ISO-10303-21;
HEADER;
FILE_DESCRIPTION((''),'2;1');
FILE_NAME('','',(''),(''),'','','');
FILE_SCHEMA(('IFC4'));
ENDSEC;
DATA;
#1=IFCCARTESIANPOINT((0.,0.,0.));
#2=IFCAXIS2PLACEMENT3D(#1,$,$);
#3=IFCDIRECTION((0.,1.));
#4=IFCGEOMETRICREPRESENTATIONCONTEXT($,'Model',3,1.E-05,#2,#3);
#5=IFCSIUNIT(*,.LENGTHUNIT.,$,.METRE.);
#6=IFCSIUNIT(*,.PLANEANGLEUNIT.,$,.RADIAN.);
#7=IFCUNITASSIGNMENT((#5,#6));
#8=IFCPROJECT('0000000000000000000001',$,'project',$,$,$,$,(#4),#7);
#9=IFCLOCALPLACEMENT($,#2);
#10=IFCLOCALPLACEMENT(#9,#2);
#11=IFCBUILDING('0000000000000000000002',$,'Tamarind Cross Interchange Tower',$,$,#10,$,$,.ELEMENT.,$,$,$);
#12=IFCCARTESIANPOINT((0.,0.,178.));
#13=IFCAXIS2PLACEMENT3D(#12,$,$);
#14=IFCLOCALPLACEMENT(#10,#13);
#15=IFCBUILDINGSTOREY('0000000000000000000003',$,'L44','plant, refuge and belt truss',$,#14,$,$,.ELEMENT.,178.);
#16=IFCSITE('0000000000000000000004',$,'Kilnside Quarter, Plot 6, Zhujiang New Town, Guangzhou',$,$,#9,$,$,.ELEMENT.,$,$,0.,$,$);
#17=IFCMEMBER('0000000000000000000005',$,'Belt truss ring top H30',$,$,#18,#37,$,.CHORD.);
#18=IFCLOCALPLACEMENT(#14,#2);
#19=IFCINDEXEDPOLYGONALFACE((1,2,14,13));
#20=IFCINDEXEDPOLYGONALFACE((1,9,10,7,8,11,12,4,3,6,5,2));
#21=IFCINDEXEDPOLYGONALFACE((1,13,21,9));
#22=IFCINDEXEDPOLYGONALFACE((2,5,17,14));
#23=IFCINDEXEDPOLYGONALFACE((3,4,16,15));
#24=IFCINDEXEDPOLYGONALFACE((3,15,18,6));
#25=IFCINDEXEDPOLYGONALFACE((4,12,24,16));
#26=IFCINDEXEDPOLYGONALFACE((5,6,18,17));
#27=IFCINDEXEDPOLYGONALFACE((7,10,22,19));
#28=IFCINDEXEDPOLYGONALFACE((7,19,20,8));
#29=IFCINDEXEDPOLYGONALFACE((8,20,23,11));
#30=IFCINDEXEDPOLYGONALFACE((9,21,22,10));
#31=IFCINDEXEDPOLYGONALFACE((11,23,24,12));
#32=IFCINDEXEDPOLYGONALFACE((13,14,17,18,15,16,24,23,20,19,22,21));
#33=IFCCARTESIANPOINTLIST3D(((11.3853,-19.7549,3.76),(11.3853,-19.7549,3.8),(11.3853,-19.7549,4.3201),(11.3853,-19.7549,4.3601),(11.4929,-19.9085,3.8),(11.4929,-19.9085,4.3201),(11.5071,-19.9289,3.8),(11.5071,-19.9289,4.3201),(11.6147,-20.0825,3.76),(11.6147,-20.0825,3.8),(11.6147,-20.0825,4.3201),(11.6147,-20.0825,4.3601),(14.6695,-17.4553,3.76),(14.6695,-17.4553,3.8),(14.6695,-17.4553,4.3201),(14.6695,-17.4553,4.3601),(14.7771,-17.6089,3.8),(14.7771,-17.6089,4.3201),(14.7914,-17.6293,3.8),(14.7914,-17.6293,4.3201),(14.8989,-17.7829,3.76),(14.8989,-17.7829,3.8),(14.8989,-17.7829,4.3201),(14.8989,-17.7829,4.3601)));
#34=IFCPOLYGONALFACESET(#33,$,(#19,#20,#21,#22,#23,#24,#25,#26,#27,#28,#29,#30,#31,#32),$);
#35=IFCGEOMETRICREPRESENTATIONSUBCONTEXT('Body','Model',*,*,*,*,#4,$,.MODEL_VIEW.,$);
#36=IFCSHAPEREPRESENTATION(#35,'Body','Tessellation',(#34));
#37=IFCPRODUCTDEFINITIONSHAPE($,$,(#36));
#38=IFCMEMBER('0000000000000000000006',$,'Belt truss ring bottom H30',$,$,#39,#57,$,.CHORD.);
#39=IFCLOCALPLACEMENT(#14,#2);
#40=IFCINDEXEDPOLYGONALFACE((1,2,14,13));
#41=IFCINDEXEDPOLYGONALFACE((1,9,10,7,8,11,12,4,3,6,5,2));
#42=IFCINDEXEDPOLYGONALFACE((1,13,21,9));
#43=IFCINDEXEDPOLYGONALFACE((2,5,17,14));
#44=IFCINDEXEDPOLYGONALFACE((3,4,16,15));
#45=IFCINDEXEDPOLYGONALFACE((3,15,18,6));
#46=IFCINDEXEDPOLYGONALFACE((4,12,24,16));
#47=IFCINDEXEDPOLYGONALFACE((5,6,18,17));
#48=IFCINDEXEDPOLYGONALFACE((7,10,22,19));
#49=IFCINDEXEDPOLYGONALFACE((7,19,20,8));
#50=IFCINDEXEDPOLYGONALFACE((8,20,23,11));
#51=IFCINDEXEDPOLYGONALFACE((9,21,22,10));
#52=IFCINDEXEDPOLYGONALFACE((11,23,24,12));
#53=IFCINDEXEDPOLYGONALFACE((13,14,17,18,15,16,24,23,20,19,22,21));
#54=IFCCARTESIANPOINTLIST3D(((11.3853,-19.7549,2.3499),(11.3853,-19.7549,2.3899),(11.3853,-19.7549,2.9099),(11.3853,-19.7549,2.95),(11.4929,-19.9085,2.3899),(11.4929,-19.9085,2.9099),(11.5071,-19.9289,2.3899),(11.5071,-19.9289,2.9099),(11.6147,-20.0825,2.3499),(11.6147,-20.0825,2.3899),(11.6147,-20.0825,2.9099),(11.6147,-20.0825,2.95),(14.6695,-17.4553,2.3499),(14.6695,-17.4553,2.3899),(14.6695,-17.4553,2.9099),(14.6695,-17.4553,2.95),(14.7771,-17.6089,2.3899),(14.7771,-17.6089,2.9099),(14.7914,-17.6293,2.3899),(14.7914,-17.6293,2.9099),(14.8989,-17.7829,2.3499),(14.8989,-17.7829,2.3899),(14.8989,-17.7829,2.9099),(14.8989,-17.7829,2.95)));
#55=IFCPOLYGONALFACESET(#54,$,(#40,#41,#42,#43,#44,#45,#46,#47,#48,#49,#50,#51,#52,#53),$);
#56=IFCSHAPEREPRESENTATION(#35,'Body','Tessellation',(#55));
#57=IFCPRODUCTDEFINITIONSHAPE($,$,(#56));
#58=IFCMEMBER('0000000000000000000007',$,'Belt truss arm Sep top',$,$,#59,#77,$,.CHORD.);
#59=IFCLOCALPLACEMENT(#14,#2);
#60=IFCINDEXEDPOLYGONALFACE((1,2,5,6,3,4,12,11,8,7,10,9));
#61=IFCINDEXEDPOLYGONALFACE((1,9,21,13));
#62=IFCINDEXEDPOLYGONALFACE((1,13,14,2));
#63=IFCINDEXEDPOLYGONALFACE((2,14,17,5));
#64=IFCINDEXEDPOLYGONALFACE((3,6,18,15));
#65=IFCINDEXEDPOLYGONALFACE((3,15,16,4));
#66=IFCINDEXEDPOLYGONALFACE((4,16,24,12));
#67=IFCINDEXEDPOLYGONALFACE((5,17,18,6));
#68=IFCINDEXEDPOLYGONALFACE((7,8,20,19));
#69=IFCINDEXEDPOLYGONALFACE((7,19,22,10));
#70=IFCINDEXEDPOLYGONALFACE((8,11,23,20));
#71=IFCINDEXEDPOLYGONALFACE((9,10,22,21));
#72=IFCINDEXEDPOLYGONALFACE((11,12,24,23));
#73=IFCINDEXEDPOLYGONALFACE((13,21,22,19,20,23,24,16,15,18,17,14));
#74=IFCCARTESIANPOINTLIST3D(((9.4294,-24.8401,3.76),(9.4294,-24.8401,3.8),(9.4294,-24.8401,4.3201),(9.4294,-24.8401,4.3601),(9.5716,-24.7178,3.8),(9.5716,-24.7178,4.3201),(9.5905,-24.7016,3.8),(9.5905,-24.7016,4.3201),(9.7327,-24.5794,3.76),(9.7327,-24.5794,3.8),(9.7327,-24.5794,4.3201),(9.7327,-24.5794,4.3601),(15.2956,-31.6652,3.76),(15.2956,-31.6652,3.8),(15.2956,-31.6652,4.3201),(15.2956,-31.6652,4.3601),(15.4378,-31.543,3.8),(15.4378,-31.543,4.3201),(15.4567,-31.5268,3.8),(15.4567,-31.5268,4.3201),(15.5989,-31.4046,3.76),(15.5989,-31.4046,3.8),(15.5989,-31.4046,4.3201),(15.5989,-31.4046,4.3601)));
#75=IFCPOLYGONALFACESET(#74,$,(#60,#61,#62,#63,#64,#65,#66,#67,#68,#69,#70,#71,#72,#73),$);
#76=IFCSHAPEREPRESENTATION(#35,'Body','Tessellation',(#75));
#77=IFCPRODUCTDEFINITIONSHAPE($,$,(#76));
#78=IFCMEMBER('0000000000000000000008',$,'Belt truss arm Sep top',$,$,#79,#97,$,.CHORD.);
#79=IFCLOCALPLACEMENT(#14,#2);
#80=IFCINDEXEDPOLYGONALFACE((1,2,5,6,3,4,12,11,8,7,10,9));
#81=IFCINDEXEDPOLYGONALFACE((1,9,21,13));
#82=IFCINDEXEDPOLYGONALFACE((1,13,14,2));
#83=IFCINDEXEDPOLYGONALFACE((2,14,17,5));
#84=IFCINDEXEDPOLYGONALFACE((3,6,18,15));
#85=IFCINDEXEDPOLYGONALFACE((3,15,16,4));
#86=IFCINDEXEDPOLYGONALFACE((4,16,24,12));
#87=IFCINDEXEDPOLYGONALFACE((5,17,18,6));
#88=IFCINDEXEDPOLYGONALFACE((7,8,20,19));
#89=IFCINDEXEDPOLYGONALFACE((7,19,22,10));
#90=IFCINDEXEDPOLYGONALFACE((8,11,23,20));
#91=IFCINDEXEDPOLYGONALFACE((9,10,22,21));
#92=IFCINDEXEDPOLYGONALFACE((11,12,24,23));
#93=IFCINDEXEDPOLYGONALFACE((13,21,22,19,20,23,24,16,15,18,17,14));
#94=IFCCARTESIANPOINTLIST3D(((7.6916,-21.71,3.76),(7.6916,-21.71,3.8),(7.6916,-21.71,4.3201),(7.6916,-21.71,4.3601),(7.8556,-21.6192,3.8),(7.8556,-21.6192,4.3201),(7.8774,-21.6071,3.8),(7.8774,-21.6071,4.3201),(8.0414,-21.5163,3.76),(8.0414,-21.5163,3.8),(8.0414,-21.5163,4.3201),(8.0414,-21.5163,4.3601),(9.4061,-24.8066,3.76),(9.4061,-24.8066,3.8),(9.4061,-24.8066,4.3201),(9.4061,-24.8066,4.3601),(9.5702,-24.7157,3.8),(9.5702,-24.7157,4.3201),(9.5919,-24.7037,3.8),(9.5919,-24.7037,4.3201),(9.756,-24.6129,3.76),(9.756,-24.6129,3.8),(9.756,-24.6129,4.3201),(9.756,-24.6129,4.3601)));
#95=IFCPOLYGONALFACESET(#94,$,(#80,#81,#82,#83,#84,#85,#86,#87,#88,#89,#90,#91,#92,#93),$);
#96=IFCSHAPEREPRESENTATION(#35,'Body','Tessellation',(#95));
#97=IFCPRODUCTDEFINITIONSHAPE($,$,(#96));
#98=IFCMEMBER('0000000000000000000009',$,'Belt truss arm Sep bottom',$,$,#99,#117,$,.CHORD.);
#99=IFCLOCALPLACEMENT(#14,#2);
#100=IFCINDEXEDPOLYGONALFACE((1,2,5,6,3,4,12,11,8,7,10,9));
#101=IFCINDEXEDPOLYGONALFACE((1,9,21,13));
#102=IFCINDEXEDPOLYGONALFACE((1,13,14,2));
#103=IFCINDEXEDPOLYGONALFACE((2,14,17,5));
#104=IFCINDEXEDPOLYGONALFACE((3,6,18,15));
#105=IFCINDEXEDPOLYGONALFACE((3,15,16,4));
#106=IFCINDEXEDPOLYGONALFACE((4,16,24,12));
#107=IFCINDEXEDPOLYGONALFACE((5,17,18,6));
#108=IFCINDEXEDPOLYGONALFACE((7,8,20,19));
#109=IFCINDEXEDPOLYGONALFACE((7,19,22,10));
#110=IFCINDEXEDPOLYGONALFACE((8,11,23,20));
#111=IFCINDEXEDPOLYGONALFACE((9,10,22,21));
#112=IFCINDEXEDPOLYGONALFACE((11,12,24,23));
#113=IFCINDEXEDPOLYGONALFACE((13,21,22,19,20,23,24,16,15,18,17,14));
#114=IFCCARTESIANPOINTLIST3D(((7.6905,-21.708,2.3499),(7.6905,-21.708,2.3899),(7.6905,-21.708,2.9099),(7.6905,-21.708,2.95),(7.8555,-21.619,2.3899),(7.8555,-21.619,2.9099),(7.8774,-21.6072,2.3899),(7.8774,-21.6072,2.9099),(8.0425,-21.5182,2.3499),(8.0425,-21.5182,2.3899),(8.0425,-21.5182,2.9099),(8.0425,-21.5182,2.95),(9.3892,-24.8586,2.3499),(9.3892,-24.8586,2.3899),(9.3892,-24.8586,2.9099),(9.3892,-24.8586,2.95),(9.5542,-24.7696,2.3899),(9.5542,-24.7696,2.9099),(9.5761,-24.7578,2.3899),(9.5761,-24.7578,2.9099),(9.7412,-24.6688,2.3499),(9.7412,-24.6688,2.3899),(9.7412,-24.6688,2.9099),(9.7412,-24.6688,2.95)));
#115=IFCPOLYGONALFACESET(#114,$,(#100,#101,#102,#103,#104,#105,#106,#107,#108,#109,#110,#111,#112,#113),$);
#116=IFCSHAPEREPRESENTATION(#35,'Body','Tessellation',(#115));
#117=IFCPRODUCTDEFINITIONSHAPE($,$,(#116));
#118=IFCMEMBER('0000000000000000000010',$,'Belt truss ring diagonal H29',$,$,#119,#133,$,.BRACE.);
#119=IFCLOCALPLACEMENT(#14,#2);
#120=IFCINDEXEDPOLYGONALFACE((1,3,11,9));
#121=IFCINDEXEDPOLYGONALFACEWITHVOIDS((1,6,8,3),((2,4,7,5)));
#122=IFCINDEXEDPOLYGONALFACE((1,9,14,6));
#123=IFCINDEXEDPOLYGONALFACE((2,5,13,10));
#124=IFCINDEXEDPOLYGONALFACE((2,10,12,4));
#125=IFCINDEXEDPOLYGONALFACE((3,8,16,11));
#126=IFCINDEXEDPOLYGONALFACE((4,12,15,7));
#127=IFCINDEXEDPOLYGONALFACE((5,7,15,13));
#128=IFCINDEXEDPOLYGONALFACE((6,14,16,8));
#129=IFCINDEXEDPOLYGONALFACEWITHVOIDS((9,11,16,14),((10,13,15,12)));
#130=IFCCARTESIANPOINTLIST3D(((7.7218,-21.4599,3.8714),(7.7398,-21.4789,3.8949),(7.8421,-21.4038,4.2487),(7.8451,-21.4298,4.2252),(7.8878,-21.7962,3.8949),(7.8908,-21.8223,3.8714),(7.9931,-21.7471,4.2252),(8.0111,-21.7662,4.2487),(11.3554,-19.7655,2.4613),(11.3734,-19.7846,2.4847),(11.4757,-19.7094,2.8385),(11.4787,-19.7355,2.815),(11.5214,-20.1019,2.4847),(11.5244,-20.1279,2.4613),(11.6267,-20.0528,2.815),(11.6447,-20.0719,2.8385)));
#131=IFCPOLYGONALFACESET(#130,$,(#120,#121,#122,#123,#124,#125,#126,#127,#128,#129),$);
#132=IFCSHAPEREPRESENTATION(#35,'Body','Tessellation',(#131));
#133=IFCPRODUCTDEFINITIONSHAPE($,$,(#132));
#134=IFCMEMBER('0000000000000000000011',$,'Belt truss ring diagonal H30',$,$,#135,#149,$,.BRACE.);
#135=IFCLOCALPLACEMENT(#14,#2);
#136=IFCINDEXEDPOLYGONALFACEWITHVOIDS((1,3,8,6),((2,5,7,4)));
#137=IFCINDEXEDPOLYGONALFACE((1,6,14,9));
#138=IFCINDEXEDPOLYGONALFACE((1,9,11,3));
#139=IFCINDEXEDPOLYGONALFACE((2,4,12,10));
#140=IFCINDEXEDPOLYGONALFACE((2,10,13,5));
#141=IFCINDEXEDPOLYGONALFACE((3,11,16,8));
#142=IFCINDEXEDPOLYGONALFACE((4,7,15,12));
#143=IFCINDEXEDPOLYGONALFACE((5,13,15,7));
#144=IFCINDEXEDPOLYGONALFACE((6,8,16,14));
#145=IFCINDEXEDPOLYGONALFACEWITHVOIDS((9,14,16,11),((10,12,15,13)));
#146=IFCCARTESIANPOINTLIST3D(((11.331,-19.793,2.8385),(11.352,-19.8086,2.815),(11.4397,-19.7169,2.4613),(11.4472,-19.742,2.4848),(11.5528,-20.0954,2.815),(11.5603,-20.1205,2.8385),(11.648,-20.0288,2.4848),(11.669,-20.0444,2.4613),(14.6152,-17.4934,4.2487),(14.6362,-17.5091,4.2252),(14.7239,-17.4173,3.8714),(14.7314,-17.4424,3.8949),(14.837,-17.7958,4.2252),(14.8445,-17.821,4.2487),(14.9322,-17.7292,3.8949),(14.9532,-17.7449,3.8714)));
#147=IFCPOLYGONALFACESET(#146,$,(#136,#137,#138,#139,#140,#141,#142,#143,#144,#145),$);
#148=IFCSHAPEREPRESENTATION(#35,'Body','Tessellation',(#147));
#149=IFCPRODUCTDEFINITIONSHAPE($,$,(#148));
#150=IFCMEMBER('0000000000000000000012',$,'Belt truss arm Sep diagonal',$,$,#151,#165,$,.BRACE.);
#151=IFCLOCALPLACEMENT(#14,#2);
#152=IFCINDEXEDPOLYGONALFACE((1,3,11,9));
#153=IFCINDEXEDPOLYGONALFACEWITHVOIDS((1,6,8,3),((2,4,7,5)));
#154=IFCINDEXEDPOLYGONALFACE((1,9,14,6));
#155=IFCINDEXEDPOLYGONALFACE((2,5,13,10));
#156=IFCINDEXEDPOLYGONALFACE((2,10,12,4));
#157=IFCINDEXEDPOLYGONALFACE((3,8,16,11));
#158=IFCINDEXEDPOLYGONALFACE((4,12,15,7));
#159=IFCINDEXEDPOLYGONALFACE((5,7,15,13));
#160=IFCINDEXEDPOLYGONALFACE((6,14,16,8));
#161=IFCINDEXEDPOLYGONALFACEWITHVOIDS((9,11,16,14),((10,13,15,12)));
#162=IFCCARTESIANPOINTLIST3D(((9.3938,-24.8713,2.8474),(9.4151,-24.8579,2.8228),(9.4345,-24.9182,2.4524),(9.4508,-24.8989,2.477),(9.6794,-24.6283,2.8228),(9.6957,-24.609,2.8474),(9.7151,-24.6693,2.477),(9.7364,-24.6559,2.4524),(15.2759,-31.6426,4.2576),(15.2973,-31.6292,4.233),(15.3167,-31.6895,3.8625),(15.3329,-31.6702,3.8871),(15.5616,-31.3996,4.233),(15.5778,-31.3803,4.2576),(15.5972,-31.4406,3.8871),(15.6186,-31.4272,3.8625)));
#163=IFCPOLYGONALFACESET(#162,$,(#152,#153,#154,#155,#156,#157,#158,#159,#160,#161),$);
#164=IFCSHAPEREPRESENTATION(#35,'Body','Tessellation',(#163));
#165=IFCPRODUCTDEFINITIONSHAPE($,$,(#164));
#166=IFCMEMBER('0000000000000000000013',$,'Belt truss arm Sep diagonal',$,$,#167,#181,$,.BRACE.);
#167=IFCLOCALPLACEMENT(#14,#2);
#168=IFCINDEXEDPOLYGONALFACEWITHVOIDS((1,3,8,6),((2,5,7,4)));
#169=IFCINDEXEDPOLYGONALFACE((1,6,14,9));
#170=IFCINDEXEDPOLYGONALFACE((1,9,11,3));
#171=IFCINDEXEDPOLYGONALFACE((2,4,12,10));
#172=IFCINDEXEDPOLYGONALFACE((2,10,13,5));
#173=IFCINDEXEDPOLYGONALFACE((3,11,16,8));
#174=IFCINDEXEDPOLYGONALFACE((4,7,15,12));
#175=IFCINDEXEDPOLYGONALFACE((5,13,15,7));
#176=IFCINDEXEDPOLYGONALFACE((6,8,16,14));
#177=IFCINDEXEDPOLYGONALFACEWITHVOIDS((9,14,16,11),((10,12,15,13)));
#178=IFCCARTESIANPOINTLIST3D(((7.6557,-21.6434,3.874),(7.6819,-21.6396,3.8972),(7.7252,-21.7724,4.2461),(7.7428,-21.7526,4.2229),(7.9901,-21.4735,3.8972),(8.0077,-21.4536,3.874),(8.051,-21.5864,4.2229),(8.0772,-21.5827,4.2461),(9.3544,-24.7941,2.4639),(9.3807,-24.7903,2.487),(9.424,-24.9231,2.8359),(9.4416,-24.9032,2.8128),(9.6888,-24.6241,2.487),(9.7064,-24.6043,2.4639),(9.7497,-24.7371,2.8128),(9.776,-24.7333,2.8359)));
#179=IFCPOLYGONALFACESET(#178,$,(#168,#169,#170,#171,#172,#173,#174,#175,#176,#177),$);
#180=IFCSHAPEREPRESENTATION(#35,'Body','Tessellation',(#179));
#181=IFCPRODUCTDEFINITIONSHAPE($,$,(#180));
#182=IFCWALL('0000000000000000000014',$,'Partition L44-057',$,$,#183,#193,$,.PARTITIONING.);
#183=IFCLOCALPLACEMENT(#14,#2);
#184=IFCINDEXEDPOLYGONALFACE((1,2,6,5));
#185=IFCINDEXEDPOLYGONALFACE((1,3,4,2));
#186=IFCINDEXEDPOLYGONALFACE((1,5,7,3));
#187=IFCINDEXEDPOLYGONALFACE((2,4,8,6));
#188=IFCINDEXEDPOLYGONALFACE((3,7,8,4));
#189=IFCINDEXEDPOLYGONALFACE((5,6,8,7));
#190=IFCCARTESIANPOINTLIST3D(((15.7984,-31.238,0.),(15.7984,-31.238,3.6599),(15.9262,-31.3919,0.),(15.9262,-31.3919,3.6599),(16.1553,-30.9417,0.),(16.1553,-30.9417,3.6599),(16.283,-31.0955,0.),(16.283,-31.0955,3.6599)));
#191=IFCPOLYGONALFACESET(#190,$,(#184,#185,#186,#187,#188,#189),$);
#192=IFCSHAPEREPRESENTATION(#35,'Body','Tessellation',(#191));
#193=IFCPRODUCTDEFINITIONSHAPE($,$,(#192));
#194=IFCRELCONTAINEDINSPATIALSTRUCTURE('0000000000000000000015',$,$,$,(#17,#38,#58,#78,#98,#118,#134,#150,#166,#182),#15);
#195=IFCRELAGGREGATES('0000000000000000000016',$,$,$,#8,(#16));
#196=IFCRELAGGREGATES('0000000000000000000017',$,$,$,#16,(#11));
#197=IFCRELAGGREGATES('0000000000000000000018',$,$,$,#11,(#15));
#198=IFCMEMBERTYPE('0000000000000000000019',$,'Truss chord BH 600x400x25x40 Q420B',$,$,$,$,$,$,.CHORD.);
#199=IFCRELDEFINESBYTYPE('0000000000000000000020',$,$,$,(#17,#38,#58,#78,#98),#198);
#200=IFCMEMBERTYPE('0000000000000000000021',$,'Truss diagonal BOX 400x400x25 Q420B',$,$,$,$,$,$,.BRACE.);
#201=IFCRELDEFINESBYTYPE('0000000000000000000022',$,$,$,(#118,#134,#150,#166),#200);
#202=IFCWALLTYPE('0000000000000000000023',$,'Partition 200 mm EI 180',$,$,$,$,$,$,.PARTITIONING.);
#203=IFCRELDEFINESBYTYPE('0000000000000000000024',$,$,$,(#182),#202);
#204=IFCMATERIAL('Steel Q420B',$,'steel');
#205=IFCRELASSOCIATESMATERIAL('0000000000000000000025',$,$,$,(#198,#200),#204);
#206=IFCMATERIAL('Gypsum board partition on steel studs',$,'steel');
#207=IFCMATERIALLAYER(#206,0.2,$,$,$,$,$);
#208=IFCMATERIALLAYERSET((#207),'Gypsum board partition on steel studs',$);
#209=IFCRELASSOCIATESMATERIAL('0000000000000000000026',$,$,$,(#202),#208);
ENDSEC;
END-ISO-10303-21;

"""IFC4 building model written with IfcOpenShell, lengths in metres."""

from ifc_helpers import new_model, si_unit, direction, frame, frame_2d, origin, origin_2d, place, context, subcontext, project, spatial, rectangle, hollow_rectangle, i_section, extrude, material, layer, layer_set, material_profile, profile_set, type_object, element, save


model = new_model("IFC4")

# Units and contexts
model_context = context("Model", 3, precision=1e-05, world=origin(), true_north=direction((0.0, 1.0)))
body_context = subcontext(model_context, "Body", "Model", "MODEL_VIEW")
ifc_project = project(units=[si_unit("LENGTHUNIT", "METRE"), si_unit("PLANEANGLEUNIT", "RADIAN")], contexts=[model_context])

# Site, building, storey
site_placement = place(None, origin())
site = spatial("IfcSite", under=ifc_project, at=site_placement, Name="Kilnside Quarter, Plot 6, Zhujiang New Town, Guangzhou", CompositionType="ELEMENT", RefElevation=0.0)
building_placement = place(site_placement, origin())
building = spatial("IfcBuilding", under=site, at=building_placement, Name="Tamarind Cross Interchange Tower", CompositionType="ELEMENT")
storey_placement = place(building_placement, frame((0.0, 0.0, 178.0)))
storey = spatial("IfcBuildingStorey", under=building, at=storey_placement, Name="L44", Description="plant, refuge and belt truss", CompositionType="ELEMENT", Elevation=178.0)

# Members
ifc_material_1 = material(Name="Steel Q420B", Category="steel")
ifc_material_profile_1 = material_profile(ifc_material_1, i_section(OverallWidth=0.3999, OverallDepth=0.6001, WebThickness=0.0249, FlangeThickness=0.04, at=origin_2d()), Name="BH 600x400x25x40")
ifc_profile_set_1 = profile_set([ifc_material_profile_1], Name="Steel Q420B")
member_type_1 = type_object("IfcMemberType", Name="Truss chord BH 600x400x25x40 Q420B", PredefinedType="CHORD", material=ifc_profile_set_1)
for number, where, z_axis, x_axis, name in (
    (1, (11.5, -19.9187, 4.0601), (0.819158, 0.573569, 0.0), (-0.573569, 0.819158, 0.0), "Belt truss ring top H30"),
    (2, (11.5, -19.9187, 2.6499), (0.819158, 0.573569, 0.0), (-0.573569, 0.819158, 0.0), "Belt truss ring bottom H30"),
):
    element("IfcMember", number, at=place(storey_placement, frame(where, z_axis=z_axis, x_axis=x_axis)), inside=storey, type_object=member_type_1, Name=name, PredefinedType="CHORD", context=body_context, shape_type="SweptSolid", body=[
        extrude(i_section(OverallWidth=0.3999, OverallDepth=0.6001, WebThickness=0.0249, FlangeThickness=0.04, at=origin_2d()), origin(), (0.0, 0.0, 1.0), 4.0093),
    ])
member_1_placement = place(storey_placement, frame((15.4473, -31.5349, 4.0601), z_axis=(-0.651818, 0.758375, 0.0), x_axis=(-0.758375, -0.651818, 0.0)))
element("IfcMember", 3, at=member_1_placement, inside=storey, type_object=member_type_1, Name="Belt truss arm Sep top", PredefinedType="CHORD", context=body_context, shape_type="SweptSolid", body=[
    extrude(i_section(OverallWidth=0.3999, OverallDepth=0.6001, WebThickness=0.0249, FlangeThickness=0.04, at=origin_2d()), origin(), (0.0, 0.0, 1.0), 8.9998),
])
member_2_placement = place(storey_placement, frame((9.5811, -24.7097, 4.0601), z_axis=(-0.484395, 0.874849, 0.0), x_axis=(-0.874849, -0.484395, 0.0)))
element("IfcMember", 4, at=member_2_placement, inside=storey, type_object=member_type_1, Name="Belt truss arm Sep top", PredefinedType="CHORD", context=body_context, shape_type="SweptSolid", body=[
    extrude(i_section(OverallWidth=0.3999, OverallDepth=0.6001, WebThickness=0.0249, FlangeThickness=0.04, at=origin_2d()), origin(), (0.0, 0.0, 1.0), 3.5396),
])
member_3_placement = place(storey_placement, frame((9.5652, -24.7637, 2.6499), z_axis=(-0.474584, 0.88021, 0.0), x_axis=(-0.88021, -0.474584, 0.0)))
element("IfcMember", 5, at=member_3_placement, inside=storey, type_object=member_type_1, Name="Belt truss arm Sep bottom", PredefinedType="CHORD", context=body_context, shape_type="SweptSolid", body=[
    extrude(i_section(OverallWidth=0.3999, OverallDepth=0.6001, WebThickness=0.0249, FlangeThickness=0.04, at=origin_2d()), origin(), (0.0, 0.0, 1.0), 3.5793),
])
ifc_material_profile_2 = material_profile(ifc_material_1, hollow_rectangle(XDim=0.3999, YDim=0.3999, WallThickness=0.0249, at=origin_2d()), Name="BOX 400x400x25")
ifc_profile_set_2 = profile_set([ifc_material_profile_2], Name="Steel Q420B")
member_type_2 = type_object("IfcMemberType", Name="Truss diagonal BOX 400x400x25 Q420B", PredefinedType="BRACE", material=ifc_profile_set_2)
for number, where, z_axis, x_axis, name in (
    (6, (7.8665, -21.613, 4.0601), (0.854964, 0.398673, -0.331806), (-0.422615, 0.906309, 0.0), "Belt truss ring diagonal H29"),
    (7, (11.5, -19.9187, 2.6499), (0.772751, 0.541075, 0.331803), (-0.573569, 0.819158, 0.0), "Belt truss ring diagonal H30"),
):
    element("IfcMember", number, at=place(storey_placement, frame(where, z_axis=z_axis, x_axis=x_axis)), inside=storey, type_object=member_type_2, Name=name, PredefinedType="BRACE", context=body_context, shape_type="SweptSolid", body=[
        extrude(hollow_rectangle(XDim=0.3999, YDim=0.3999, WallThickness=0.0249, at=origin_2d()), origin(), (0.0, 0.0, 1.0), 4.25),
    ])
member_4_placement = place(storey_placement, frame((15.4473, -31.5349, 4.0601), z_axis=(-0.647843, 0.745773, -0.155312), x_axis=(-0.754934, -0.655801, 0.0)))
element("IfcMember", 8, at=member_4_placement, inside=storey, type_object=member_type_2, Name="Belt truss arm Sep diagonal", PredefinedType="BRACE", context=body_context, shape_type="SweptSolid", body=[
    extrude(hollow_rectangle(XDim=0.3999, YDim=0.3999, WallThickness=0.0249, at=origin_2d()), origin(), (0.0, 0.0, 1.0), 9.0796),
])
member_5_placement = place(storey_placement, frame((9.5652, -24.7637, 2.6499), z_axis=(-0.441553, 0.818948, 0.366544), x_axis=(-0.88021, -0.474584, 0.0)))
element("IfcMember", 9, at=member_5_placement, inside=storey, type_object=member_type_2, Name="Belt truss arm Sep diagonal", PredefinedType="BRACE", context=body_context, shape_type="SweptSolid", body=[
    extrude(hollow_rectangle(XDim=0.3999, YDim=0.3999, WallThickness=0.0249, at=origin_2d()), origin(), (0.0, 0.0, 1.0), 3.8472),
])

# Wall
ifc_material_2 = material(Name="Gypsum board partition on steel studs", Category="steel")
ifc_layer_1 = layer(ifc_material_2, 0.2)
ifc_layer_set_1 = layer_set([ifc_layer_1], Name="Gypsum board partition on steel studs")
wall_type_1 = type_object("IfcWallType", Name="Partition 200 mm EI 180", PredefinedType="PARTITIONING", material=ifc_layer_set_1)
wall_1_placement = place(storey_placement, frame((15.8623, -31.3149, 0.0), z_axis=(0.0, 0.0, 1.0), x_axis=(0.769342, 0.638838, 0.0)))
element("IfcWall", 10, at=wall_1_placement, inside=storey, type_object=wall_type_1, Name="Partition L44-057", PredefinedType="PARTITIONING", context=body_context, shape_type="SweptSolid", body=[
    extrude(rectangle(XDim=0.4639, YDim=0.2, at=frame_2d((0.2319, 0.0))), origin(), (0.0, 0.0, 1.0), 3.6599),
])

save(model, "model.ifc")
